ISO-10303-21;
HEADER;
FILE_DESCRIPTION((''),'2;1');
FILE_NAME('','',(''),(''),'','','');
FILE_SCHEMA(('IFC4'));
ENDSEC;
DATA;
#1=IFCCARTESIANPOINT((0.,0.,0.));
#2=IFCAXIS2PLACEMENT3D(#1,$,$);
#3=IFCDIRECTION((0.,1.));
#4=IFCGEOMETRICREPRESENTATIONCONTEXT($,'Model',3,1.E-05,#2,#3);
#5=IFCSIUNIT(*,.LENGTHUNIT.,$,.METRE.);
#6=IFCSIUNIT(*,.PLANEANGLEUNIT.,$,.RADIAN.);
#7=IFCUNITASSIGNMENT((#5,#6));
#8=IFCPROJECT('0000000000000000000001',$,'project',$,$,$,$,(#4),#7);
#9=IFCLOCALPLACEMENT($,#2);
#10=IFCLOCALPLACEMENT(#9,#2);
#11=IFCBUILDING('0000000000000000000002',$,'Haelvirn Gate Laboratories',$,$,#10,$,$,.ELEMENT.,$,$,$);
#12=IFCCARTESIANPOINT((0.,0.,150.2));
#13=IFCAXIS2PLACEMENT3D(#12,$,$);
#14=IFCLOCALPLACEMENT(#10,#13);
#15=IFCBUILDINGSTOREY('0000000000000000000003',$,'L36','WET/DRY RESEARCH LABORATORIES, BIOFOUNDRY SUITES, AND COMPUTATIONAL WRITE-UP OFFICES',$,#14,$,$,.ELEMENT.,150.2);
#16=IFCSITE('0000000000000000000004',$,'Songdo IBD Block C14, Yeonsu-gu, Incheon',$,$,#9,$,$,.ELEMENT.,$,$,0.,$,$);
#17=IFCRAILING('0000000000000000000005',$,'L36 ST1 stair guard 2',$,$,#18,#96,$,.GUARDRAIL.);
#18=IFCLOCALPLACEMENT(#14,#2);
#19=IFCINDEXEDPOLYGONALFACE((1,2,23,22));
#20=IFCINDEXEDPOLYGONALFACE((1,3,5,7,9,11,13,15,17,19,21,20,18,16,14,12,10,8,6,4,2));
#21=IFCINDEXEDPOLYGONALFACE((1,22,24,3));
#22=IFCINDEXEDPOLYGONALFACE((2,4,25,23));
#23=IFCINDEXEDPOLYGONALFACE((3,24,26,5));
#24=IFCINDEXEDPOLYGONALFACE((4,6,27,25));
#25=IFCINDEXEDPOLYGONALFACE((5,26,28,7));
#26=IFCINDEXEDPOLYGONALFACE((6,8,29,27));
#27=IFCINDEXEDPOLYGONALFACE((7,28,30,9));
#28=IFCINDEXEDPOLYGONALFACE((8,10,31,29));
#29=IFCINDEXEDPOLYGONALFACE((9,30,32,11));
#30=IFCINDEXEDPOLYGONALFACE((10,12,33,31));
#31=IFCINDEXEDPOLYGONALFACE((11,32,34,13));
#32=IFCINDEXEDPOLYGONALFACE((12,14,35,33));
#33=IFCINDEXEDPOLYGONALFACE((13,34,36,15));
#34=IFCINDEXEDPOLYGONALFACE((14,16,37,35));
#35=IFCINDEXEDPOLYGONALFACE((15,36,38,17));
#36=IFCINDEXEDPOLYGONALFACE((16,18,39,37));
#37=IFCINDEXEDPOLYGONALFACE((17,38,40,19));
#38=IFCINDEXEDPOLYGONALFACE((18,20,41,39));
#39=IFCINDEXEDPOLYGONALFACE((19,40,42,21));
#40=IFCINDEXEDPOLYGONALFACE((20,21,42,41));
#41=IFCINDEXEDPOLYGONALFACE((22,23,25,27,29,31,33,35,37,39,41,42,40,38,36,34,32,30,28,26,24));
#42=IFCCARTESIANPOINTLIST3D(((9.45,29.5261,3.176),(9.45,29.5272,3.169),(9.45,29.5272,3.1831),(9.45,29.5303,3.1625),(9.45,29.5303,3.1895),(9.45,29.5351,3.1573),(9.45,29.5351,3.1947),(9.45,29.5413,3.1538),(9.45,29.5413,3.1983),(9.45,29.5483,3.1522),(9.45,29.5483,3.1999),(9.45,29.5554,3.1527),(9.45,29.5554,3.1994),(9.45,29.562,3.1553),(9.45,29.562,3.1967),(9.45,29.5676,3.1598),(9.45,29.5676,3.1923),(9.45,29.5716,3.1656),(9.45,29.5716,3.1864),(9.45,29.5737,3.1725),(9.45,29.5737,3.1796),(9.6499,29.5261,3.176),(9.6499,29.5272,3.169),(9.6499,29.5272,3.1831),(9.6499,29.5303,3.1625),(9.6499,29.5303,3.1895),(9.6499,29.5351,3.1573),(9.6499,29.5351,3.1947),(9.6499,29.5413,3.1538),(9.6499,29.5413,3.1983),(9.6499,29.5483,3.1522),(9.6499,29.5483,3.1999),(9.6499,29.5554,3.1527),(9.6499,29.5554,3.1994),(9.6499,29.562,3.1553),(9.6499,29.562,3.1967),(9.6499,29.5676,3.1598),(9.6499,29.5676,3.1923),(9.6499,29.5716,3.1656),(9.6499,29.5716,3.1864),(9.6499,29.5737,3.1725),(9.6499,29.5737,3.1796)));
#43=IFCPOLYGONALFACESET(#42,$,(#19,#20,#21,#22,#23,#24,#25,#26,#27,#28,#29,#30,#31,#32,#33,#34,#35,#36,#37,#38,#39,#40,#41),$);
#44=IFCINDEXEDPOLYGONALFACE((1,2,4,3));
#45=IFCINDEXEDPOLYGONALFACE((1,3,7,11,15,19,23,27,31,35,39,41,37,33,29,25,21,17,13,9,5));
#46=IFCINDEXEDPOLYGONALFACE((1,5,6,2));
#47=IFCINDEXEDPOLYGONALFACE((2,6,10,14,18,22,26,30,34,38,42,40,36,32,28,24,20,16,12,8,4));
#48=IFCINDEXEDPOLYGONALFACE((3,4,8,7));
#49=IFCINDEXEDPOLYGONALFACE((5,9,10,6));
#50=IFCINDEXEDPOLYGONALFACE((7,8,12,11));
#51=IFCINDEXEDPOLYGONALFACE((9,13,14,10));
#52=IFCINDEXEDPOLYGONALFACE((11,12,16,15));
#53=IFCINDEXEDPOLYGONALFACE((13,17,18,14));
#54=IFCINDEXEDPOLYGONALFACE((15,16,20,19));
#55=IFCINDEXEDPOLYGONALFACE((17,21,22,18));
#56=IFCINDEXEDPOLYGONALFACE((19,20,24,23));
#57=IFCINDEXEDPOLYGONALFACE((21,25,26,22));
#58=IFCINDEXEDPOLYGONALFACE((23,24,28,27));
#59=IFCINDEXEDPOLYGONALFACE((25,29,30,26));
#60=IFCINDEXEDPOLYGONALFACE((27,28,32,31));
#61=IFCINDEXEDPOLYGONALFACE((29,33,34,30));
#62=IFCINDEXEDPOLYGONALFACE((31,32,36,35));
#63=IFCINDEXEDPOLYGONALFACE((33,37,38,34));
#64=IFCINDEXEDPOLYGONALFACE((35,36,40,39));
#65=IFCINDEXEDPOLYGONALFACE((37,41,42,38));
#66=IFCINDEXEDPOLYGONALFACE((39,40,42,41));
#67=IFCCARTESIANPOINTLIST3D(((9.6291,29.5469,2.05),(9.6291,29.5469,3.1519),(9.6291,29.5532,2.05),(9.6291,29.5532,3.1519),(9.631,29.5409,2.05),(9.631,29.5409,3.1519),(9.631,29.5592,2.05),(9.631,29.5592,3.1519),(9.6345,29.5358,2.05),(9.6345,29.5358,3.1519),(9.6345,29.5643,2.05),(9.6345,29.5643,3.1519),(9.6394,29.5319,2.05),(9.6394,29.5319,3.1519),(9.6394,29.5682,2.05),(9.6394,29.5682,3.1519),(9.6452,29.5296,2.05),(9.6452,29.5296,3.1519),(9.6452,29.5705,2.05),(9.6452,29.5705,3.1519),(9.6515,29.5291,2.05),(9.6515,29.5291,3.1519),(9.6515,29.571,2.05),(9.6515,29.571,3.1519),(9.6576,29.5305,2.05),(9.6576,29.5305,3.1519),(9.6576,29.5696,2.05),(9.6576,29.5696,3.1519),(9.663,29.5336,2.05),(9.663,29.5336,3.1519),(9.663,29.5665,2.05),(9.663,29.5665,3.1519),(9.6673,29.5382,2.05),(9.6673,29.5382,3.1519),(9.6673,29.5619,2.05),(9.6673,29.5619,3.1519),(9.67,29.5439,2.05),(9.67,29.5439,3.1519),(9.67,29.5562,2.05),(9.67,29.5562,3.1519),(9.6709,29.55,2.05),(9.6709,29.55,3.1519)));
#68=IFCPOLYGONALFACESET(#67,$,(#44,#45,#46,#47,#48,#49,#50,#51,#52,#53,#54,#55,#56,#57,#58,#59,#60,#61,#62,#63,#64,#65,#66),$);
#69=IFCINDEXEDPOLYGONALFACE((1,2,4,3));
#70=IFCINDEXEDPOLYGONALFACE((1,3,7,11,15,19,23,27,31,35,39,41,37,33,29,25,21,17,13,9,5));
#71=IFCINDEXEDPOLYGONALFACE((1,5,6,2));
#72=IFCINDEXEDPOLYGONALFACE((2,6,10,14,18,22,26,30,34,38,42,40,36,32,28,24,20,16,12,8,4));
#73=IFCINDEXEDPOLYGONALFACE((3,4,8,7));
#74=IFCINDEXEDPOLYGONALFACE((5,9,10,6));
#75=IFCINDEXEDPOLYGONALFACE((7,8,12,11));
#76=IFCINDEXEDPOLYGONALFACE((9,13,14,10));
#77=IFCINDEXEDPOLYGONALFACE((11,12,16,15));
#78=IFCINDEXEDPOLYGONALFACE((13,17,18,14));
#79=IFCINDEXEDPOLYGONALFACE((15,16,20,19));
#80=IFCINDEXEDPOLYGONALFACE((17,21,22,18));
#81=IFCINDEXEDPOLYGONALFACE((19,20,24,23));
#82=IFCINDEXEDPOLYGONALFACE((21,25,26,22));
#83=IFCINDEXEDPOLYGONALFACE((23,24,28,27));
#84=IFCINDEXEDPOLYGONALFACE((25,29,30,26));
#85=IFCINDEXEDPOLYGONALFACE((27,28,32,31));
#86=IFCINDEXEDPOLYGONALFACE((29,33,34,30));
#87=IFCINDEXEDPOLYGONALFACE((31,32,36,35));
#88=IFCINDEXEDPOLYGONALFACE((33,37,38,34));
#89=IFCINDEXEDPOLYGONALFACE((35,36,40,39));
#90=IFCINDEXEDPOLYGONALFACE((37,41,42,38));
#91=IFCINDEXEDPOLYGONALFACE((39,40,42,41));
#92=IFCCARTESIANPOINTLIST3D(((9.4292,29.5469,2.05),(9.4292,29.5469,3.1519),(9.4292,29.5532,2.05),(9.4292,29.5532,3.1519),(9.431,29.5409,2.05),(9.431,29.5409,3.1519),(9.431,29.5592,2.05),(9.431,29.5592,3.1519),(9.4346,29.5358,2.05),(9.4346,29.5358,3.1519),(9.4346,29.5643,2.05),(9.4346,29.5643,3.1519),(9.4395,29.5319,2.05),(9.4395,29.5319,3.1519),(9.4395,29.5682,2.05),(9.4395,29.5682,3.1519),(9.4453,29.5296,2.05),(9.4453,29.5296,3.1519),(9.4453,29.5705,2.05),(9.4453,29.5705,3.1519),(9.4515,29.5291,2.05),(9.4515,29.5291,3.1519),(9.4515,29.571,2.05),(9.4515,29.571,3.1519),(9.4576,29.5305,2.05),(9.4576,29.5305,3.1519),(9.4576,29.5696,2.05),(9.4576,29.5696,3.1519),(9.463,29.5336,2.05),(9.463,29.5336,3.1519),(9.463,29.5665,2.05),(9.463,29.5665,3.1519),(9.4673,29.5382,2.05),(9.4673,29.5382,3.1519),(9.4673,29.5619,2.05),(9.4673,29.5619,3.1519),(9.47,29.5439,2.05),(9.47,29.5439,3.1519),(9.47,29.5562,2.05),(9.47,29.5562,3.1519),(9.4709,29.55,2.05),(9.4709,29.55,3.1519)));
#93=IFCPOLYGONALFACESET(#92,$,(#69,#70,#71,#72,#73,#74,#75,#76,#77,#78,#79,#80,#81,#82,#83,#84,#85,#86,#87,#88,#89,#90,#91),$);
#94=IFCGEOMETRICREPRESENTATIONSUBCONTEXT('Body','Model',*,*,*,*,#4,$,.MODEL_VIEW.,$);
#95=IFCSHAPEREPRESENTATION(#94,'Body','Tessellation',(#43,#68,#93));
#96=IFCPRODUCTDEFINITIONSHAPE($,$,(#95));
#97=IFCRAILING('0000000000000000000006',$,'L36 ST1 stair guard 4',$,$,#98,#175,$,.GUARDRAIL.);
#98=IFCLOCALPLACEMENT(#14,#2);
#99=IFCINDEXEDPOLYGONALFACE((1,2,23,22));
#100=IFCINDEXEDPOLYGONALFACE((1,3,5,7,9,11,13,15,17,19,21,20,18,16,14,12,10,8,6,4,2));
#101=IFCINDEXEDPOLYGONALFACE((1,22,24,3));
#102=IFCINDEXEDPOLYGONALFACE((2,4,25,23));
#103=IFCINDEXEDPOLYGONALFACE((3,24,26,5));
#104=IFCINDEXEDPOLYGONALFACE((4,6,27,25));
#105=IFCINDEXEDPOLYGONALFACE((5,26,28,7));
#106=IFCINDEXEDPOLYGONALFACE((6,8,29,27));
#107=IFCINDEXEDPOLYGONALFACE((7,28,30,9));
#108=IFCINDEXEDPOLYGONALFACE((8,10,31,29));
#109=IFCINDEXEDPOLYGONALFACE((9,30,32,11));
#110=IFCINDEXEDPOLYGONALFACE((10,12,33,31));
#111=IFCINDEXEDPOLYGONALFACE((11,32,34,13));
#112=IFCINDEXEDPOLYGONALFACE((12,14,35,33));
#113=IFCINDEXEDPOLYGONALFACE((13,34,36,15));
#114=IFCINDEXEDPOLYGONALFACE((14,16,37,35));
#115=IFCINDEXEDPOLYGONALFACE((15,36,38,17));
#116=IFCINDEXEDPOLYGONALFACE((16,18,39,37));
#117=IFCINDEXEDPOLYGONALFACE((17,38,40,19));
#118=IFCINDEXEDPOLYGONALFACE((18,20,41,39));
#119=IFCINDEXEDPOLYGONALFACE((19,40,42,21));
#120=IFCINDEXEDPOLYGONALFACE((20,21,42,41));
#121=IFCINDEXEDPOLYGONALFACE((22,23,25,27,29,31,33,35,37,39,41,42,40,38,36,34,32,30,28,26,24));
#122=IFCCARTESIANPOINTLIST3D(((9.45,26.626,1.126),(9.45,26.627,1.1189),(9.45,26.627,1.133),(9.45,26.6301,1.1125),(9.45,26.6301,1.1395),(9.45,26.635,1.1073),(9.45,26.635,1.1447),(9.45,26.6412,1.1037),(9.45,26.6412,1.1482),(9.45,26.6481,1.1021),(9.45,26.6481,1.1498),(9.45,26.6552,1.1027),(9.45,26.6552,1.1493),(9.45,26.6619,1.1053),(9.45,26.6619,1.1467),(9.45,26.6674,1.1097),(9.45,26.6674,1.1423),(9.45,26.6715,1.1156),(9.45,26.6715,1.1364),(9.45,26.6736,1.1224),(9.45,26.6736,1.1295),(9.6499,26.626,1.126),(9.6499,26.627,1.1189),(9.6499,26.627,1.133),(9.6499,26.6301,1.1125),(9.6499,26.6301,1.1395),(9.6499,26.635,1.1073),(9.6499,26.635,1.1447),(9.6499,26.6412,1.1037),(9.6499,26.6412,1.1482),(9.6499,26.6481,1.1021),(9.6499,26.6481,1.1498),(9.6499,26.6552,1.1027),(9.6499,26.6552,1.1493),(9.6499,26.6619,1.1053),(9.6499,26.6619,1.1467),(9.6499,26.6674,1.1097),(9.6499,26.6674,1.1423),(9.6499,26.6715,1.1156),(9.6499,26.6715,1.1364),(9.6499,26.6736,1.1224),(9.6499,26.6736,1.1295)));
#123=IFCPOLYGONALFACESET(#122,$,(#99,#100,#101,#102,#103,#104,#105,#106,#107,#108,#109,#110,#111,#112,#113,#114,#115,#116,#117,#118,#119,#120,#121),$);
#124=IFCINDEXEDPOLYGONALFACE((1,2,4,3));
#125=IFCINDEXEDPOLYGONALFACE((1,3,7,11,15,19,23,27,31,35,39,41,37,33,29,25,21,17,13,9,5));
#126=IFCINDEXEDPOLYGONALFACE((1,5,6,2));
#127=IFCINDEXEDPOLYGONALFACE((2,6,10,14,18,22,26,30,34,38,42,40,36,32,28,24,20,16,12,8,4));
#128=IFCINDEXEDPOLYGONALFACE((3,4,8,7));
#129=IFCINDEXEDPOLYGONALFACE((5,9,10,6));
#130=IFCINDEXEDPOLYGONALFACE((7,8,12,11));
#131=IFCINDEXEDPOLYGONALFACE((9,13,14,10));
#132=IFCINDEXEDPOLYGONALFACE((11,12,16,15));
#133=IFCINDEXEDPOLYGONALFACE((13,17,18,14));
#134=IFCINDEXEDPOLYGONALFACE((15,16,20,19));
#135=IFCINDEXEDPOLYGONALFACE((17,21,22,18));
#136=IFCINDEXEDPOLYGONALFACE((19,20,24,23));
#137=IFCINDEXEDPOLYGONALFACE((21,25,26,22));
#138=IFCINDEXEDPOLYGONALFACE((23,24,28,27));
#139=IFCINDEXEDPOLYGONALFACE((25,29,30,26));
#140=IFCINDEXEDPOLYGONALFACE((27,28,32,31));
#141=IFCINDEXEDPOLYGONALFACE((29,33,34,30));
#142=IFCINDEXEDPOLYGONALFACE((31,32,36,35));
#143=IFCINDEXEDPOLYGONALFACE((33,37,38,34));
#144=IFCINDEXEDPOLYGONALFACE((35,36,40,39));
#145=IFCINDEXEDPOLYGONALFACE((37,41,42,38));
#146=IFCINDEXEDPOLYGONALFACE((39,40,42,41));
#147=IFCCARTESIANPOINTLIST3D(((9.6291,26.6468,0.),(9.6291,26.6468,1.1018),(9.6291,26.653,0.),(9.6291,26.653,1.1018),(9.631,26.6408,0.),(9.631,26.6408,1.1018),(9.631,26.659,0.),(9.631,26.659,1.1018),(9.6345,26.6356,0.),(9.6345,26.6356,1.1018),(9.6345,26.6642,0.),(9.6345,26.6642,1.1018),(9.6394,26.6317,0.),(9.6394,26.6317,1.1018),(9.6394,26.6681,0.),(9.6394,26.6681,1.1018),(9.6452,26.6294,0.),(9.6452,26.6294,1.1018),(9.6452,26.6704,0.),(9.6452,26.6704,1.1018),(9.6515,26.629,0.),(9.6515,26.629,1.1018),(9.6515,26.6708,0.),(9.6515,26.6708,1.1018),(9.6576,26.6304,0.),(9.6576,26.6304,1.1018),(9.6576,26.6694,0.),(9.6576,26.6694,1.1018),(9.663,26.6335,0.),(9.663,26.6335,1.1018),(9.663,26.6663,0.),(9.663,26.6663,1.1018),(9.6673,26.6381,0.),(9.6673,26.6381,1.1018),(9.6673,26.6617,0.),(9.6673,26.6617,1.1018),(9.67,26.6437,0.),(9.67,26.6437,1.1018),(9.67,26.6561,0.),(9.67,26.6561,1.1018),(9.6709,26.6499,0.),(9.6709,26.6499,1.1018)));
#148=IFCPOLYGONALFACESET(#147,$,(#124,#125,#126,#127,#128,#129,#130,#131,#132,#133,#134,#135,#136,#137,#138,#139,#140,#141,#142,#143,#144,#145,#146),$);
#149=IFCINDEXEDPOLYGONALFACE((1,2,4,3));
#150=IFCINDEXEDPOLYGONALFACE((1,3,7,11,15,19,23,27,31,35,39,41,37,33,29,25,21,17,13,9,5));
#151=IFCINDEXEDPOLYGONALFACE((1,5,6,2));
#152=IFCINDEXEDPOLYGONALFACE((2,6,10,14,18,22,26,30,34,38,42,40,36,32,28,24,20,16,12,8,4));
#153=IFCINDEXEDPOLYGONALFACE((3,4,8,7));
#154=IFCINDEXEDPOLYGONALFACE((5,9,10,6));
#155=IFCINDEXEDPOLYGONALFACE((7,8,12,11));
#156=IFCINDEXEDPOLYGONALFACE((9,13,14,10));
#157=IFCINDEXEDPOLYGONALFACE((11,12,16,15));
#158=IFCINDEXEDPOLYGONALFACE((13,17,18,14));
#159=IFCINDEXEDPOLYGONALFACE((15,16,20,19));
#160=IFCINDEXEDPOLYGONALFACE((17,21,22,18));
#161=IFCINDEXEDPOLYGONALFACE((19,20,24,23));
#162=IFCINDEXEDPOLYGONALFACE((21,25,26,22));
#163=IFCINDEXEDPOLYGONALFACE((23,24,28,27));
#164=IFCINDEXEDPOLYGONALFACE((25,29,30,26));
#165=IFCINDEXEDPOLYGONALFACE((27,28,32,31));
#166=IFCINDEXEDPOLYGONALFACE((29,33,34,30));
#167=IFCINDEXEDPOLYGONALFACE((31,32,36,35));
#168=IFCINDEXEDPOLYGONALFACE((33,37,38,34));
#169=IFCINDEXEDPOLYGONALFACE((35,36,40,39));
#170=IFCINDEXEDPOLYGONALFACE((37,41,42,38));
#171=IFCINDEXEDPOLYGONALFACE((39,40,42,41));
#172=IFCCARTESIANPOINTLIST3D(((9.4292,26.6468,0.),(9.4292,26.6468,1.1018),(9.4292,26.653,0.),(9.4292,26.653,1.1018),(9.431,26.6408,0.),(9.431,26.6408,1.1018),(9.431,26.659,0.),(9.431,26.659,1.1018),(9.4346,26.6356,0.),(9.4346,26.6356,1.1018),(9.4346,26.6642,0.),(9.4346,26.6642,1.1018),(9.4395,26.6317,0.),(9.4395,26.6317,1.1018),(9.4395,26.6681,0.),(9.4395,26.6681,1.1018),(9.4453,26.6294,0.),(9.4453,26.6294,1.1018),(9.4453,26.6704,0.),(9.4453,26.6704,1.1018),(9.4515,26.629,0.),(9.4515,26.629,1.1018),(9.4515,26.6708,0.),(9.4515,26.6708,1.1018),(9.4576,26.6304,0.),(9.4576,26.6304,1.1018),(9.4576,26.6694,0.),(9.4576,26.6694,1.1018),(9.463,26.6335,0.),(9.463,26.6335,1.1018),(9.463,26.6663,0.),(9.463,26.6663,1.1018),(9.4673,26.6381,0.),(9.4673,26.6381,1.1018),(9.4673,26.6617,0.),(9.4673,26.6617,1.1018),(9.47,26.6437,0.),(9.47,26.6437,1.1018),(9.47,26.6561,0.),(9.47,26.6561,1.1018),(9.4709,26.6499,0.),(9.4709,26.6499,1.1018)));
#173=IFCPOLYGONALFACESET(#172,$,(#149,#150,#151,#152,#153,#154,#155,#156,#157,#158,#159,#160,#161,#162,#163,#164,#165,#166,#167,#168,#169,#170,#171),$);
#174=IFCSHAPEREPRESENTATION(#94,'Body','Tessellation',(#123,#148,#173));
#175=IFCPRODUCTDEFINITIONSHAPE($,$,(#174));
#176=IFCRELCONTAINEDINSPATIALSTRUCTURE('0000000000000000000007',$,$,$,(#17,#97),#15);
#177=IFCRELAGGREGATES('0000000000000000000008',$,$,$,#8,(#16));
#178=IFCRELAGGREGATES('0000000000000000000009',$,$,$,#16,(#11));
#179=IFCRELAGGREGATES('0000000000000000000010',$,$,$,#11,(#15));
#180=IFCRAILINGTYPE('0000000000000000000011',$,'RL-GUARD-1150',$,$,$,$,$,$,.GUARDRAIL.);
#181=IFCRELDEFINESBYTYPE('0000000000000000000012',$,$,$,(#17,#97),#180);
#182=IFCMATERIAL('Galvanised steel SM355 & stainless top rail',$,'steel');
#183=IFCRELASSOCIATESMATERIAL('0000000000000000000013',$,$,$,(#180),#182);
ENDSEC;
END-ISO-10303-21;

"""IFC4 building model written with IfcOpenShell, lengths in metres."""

from ifc_helpers import new_model, si_unit, direction, frame, origin, origin_2d, place, context, subcontext, project, spatial, circle, extrude, source, transform, mapped, material, type_object, element, save


model = new_model("IFC4")

# Units and contexts
model_context = context("Model", 3, precision=1e-05, world=origin(), true_north=direction((0.0, 1.0)))
body_context = subcontext(model_context, "Body", "Model", "MODEL_VIEW")
ifc_project = project(units=[si_unit("LENGTHUNIT", "METRE"), si_unit("PLANEANGLEUNIT", "RADIAN")], contexts=[model_context])

# Site, building, storey
site_placement = place(None, origin())
site = spatial("IfcSite", under=ifc_project, at=site_placement, Name="Songdo IBD Block C14, Yeonsu-gu, Incheon", CompositionType="ELEMENT", RefElevation=0.0)
building_placement = place(site_placement, origin())
building = spatial("IfcBuilding", under=site, at=building_placement, Name="Haelvirn Gate Laboratories", CompositionType="ELEMENT")
storey_placement = place(building_placement, frame((0.0, 0.0, 150.2)))
storey = spatial("IfcBuildingStorey", under=building, at=storey_placement, Name="L36", Description="WET/DRY RESEARCH LABORATORIES, BIOFOUNDRY SUITES, AND COMPUTATIONAL WRITE-UP OFFICES", CompositionType="ELEMENT", Elevation=150.2)

# Railings
ifc_material_1 = material(Name="Galvanised steel SM355 & stainless top rail", Category="steel")
railing_type_1 = type_object("IfcRailingType", Name="RL-GUARD-1150", PredefinedType="GUARDRAIL", material=ifc_material_1)
shared_shape_1 = source(origin(), body_context, "Body", "SweptSolid", [
    extrude(circle(Radius=0.0239, at=origin_2d()), frame((0.0, 0.0, 1.126), z_axis=(-1.0, 0.0, 0.0), x_axis=(0.0, -1.0, 0.0)), (0.0, 0.0, 1.0), 0.2),
    extrude(circle(Radius=0.021, at=origin_2d()), origin(), (0.0, 0.0, 1.0), 1.1018),
    extrude(circle(Radius=0.021, at=origin_2d()), frame((-0.2, 0.0, 0.0)), (0.0, 0.0, 1.0), 1.1018),
])
for number, where, name in (
    (1, (9.6499, 29.55, 2.05), "L36 ST1 stair guard 2"),
    (2, (9.6499, 26.6499, 0.0), "L36 ST1 stair guard 4"),
):
    element("IfcRailing", number, at=place(storey_placement, frame(where)), inside=storey, type_object=railing_type_1, Name=name, PredefinedType="GUARDRAIL", context=body_context, shape_type="MappedRepresentation", body=[
        mapped(shared_shape_1, transform((0.0, 0.0, 0.0), scale=1.0)),
    ])

save(model, "model.ifc")
